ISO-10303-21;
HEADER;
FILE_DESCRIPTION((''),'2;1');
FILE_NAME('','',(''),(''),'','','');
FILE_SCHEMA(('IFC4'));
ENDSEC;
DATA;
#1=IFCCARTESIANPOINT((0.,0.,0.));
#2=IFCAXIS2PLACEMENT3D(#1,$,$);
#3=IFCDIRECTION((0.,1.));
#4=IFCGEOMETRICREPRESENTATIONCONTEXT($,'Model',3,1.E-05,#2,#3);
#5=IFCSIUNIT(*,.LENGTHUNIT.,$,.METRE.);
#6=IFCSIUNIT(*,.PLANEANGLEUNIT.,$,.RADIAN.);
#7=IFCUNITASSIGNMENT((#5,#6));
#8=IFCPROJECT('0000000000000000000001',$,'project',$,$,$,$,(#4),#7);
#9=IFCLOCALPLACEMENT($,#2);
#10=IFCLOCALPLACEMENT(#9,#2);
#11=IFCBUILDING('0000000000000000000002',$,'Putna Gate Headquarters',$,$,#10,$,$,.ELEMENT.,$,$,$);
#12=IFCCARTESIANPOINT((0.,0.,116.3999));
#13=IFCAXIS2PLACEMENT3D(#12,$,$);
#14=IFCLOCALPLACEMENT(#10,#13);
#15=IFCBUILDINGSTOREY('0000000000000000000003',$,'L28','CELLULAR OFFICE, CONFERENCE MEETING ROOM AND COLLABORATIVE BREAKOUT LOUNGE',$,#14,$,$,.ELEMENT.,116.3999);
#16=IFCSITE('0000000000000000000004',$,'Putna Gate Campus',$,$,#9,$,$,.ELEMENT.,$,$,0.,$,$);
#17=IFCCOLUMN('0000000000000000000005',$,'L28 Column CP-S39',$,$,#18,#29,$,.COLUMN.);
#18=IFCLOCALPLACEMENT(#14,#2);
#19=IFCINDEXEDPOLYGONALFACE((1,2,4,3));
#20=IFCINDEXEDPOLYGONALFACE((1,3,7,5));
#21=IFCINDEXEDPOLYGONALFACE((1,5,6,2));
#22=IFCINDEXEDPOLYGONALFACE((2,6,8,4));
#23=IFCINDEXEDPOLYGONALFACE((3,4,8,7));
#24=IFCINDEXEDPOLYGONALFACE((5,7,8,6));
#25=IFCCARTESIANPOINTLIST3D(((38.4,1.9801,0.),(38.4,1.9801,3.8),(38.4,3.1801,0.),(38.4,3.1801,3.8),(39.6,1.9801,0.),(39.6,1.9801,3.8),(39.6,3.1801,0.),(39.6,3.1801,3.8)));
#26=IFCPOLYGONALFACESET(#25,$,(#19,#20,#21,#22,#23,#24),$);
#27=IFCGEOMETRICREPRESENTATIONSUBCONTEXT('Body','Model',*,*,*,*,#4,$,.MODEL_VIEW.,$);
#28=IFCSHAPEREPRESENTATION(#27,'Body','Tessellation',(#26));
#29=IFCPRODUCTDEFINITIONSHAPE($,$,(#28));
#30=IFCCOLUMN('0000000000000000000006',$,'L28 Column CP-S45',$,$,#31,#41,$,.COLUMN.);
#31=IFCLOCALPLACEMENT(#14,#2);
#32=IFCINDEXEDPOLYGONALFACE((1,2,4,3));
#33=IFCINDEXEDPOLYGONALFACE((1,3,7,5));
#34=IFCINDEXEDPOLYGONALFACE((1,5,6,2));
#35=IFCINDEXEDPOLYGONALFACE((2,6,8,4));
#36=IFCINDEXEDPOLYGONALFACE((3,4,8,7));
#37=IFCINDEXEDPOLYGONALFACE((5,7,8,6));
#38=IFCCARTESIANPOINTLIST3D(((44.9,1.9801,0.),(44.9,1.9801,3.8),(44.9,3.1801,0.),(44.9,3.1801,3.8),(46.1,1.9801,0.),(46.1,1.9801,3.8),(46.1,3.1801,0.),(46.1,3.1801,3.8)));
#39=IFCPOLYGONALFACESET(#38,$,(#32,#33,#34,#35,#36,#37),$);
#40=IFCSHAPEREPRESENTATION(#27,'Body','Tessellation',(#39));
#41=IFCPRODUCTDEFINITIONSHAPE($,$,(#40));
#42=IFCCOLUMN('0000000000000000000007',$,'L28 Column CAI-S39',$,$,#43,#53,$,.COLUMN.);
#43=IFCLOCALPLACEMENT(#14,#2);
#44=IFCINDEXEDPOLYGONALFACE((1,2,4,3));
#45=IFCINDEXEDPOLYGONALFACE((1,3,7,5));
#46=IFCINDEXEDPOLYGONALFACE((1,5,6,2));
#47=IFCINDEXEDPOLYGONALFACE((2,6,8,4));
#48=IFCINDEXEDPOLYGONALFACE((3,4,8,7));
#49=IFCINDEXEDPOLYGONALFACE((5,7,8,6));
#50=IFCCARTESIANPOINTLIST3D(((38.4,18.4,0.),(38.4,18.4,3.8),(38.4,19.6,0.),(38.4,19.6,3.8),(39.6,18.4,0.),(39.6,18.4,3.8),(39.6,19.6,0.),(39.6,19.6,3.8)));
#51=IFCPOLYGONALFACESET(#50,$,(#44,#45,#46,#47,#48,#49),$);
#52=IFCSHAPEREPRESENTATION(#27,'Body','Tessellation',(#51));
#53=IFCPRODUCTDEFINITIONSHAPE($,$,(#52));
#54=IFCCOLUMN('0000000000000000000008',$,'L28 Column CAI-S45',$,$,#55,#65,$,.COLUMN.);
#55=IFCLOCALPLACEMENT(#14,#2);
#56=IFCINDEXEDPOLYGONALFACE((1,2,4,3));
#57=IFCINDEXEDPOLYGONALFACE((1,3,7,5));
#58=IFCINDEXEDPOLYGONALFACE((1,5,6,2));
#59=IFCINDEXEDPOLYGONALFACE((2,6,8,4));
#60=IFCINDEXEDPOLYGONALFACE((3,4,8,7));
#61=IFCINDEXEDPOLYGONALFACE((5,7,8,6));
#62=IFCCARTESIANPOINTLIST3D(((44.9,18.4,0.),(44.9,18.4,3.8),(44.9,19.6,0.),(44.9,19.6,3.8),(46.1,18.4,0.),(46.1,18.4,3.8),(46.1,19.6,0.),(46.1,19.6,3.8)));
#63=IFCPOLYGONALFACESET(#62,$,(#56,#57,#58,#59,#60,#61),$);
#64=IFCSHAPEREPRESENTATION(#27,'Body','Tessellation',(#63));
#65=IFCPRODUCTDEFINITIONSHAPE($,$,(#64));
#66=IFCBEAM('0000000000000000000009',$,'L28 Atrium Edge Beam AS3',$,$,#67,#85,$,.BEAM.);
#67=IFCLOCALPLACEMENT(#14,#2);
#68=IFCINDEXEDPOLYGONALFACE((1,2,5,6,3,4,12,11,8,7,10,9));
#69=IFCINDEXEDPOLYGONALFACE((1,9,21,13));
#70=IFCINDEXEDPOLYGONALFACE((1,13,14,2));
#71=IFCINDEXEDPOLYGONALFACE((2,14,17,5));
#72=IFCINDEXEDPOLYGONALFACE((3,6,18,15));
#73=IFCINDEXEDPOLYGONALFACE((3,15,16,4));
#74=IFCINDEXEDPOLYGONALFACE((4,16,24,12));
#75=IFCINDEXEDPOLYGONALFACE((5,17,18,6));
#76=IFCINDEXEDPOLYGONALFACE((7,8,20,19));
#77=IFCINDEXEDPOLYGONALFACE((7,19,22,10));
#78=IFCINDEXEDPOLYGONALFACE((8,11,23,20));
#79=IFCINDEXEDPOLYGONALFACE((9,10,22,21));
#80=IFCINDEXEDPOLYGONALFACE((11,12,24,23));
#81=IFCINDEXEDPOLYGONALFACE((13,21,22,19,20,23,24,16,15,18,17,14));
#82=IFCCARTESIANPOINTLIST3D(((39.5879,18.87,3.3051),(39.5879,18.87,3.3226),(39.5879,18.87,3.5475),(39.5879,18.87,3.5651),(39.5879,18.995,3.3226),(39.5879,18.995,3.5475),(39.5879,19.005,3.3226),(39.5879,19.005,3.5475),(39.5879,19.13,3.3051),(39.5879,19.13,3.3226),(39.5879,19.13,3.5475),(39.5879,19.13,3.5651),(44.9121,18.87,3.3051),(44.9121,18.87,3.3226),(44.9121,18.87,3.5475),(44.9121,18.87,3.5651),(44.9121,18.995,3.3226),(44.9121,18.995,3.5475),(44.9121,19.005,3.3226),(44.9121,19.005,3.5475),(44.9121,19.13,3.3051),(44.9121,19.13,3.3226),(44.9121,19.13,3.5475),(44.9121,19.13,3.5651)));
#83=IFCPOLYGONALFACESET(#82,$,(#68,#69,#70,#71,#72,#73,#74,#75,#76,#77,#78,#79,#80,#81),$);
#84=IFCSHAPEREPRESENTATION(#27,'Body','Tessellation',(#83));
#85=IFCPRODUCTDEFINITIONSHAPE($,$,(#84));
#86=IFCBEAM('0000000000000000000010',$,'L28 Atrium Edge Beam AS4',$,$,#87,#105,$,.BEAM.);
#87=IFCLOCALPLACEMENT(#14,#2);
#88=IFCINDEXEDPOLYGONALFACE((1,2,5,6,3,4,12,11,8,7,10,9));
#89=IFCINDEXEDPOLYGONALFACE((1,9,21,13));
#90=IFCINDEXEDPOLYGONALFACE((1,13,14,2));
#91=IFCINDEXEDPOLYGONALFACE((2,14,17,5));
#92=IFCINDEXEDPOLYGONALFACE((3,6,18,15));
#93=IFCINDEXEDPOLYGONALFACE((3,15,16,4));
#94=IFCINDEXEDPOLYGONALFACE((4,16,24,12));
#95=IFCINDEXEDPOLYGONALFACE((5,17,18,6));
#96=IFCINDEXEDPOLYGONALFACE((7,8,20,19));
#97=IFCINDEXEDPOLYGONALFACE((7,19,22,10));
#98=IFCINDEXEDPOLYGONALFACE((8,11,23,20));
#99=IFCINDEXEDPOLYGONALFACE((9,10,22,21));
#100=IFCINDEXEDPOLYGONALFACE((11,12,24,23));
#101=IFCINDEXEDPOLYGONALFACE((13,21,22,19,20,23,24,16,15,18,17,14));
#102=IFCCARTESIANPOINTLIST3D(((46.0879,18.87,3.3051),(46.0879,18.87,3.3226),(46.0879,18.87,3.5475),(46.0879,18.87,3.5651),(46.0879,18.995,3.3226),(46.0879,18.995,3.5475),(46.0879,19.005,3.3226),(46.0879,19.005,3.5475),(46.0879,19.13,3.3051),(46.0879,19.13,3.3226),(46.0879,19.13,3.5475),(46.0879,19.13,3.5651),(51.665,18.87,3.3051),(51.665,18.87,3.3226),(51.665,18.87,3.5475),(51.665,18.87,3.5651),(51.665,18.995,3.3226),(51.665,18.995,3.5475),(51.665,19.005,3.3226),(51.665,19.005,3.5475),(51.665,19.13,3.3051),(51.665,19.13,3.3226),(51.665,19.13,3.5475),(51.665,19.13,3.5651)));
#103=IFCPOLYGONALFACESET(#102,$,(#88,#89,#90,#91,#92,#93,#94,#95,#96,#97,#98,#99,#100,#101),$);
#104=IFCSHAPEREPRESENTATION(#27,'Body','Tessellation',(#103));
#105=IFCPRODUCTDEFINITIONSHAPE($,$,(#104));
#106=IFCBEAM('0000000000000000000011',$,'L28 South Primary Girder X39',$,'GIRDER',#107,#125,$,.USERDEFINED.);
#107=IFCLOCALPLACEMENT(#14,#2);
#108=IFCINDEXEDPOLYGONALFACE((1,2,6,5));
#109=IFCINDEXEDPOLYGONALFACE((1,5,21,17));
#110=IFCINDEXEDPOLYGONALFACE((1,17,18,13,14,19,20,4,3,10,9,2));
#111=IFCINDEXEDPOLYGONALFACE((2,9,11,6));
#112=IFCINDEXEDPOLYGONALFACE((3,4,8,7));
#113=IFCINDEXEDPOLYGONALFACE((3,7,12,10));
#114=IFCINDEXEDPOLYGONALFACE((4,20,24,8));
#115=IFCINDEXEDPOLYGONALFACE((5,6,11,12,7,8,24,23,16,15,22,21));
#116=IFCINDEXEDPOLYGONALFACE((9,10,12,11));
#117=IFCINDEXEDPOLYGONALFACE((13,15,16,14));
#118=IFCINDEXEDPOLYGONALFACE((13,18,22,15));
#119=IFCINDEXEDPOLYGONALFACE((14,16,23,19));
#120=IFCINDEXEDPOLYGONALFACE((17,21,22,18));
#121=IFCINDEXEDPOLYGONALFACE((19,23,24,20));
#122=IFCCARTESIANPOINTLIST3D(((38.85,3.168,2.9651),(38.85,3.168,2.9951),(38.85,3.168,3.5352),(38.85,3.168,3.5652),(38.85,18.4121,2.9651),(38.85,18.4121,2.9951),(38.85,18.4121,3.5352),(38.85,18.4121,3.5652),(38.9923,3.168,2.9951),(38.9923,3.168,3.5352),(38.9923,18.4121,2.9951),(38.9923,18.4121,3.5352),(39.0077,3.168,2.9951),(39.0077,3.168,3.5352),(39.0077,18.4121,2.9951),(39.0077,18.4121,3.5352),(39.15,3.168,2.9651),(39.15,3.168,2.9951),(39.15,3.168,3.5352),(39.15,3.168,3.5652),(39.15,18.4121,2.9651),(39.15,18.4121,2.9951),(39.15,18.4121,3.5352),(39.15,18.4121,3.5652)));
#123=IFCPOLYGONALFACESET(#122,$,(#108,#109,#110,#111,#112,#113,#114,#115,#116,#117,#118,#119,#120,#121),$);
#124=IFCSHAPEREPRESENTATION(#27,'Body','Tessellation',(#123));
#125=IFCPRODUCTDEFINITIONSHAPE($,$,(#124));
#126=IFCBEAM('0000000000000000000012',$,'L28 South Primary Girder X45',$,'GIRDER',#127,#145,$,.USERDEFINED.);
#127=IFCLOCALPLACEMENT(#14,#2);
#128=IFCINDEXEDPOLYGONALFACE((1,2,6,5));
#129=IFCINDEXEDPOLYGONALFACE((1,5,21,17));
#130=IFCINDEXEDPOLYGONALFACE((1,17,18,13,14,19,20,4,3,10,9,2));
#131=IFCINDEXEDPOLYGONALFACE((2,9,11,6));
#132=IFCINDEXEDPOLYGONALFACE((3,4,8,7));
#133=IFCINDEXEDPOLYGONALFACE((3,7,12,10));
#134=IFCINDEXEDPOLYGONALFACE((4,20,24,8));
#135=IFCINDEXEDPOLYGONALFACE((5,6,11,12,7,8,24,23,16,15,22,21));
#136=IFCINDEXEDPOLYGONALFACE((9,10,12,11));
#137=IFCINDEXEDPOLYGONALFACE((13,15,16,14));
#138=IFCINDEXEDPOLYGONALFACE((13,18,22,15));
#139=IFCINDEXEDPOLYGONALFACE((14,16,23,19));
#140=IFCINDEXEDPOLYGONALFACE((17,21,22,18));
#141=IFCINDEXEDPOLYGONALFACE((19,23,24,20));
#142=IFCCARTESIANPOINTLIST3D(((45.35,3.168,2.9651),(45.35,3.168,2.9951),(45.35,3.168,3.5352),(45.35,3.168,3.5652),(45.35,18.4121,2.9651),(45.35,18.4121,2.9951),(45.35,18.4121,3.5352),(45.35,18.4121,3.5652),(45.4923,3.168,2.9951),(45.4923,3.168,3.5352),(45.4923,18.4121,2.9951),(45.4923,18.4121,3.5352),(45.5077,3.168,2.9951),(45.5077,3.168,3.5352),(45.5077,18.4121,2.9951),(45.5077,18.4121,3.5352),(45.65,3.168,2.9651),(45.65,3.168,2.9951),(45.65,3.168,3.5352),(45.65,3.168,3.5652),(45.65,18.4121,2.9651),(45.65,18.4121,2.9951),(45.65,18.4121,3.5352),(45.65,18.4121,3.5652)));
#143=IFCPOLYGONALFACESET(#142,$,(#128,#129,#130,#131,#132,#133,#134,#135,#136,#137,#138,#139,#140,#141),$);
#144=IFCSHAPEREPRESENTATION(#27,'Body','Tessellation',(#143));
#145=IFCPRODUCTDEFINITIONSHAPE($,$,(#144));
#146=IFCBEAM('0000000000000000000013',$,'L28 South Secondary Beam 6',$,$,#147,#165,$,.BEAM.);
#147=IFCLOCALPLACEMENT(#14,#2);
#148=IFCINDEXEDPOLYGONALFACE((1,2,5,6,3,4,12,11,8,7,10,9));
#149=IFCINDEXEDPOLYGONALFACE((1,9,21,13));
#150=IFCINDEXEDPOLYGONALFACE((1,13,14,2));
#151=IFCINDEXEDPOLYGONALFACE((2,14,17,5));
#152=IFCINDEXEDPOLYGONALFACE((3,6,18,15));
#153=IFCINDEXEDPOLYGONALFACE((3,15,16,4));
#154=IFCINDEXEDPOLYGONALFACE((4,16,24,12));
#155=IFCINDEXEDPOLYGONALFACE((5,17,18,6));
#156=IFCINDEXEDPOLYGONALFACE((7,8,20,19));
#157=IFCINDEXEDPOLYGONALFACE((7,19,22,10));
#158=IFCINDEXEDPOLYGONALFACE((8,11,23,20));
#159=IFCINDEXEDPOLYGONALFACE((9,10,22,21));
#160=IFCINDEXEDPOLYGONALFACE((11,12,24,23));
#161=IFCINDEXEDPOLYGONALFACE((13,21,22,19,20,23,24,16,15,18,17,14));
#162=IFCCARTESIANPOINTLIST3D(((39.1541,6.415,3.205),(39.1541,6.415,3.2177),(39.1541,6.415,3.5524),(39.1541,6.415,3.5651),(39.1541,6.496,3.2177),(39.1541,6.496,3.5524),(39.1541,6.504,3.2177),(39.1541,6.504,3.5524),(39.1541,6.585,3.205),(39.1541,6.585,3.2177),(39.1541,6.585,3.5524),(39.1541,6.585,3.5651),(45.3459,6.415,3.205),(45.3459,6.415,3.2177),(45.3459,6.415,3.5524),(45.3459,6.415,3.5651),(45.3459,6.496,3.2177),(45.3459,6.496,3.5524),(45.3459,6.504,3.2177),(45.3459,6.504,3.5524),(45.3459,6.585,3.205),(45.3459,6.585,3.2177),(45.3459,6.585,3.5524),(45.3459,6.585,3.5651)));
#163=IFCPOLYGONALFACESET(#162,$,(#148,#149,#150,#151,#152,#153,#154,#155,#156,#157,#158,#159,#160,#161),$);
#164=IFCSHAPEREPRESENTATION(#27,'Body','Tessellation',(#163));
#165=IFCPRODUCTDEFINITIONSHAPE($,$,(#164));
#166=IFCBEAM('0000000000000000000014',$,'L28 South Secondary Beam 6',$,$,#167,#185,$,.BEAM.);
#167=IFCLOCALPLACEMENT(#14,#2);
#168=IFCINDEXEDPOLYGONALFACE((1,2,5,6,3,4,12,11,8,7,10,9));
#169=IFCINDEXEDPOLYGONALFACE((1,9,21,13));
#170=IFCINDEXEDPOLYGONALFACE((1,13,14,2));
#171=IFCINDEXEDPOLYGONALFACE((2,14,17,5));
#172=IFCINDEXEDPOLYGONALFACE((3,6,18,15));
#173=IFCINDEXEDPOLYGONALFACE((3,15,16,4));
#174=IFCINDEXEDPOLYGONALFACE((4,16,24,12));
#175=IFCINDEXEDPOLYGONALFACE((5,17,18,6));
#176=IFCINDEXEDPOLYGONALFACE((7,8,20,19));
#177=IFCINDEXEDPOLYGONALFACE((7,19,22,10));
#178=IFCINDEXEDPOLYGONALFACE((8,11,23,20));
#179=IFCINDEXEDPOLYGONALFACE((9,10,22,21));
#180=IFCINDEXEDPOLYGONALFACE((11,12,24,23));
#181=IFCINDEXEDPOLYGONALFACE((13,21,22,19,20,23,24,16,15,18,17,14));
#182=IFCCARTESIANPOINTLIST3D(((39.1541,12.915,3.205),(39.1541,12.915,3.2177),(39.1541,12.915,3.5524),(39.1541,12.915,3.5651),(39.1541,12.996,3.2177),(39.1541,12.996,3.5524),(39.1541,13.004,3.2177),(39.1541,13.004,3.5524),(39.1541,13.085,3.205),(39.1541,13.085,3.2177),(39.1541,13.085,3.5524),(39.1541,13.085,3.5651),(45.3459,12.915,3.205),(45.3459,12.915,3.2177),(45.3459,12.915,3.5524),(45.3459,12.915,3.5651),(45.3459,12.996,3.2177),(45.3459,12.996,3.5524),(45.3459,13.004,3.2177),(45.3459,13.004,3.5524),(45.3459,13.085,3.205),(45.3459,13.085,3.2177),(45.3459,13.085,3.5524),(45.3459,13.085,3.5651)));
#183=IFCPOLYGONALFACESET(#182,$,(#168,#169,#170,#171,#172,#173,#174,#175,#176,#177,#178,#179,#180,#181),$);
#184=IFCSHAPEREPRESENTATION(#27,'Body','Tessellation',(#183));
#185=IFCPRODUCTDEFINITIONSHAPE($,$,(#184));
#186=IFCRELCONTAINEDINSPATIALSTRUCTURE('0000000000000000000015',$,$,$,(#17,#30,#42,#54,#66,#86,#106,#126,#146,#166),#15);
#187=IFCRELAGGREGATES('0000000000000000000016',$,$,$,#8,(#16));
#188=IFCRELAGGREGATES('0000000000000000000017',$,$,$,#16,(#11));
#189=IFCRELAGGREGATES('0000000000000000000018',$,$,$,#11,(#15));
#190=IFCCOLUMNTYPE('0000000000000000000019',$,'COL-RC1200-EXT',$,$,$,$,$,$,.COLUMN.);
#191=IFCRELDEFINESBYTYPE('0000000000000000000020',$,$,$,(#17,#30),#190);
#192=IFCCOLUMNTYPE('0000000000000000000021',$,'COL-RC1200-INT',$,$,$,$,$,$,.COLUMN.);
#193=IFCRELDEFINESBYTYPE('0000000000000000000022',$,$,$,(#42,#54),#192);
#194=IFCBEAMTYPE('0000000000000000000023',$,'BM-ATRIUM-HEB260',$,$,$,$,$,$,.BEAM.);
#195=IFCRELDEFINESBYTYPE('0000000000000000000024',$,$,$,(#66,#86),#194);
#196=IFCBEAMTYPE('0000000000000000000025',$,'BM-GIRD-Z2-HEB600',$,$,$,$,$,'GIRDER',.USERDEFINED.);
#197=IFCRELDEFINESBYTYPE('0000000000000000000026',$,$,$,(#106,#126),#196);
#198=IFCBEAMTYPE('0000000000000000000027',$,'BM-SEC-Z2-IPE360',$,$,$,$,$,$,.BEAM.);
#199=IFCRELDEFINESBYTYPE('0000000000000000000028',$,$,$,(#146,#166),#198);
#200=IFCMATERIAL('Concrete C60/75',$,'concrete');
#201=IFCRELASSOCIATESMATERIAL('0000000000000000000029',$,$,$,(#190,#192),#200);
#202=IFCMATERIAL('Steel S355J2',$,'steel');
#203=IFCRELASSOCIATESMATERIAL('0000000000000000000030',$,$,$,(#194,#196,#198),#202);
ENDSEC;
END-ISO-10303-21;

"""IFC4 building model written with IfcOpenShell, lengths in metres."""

from ifc_helpers import new_model, si_unit, direction, frame, origin, origin_2d, place, context, subcontext, project, spatial, rectangle, i_section, extrude, material, material_profile, profile_set, type_object, element, save


model = new_model("IFC4")

# Units and contexts
model_context = context("Model", 3, precision=1e-05, world=origin(), true_north=direction((0.0, 1.0)))
body_context = subcontext(model_context, "Body", "Model", "MODEL_VIEW")
ifc_project = project(units=[si_unit("LENGTHUNIT", "METRE"), si_unit("PLANEANGLEUNIT", "RADIAN")], contexts=[model_context])

# Site, building, storey
site_placement = place(None, origin())
site = spatial("IfcSite", under=ifc_project, at=site_placement, Name="Putna Gate Campus", CompositionType="ELEMENT", RefElevation=0.0)
building_placement = place(site_placement, origin())
building = spatial("IfcBuilding", under=site, at=building_placement, Name="Putna Gate Headquarters", CompositionType="ELEMENT")
storey_placement = place(building_placement, frame((0.0, 0.0, 116.3999)))
storey = spatial("IfcBuildingStorey", under=building, at=storey_placement, Name="L28", Description="CELLULAR OFFICE, CONFERENCE MEETING ROOM AND COLLABORATIVE BREAKOUT LOUNGE", CompositionType="ELEMENT", Elevation=116.3999)

# Columns
ifc_material_1 = material(Name="Concrete C60/75", Category="concrete")
ifc_material_profile_1 = material_profile(ifc_material_1, rectangle(XDim=1.2, YDim=1.2, at=origin_2d()), Name="Concrete C60/75")
ifc_profile_set_1 = profile_set([ifc_material_profile_1], Name="Concrete C60/75")
column_type_1 = type_object("IfcColumnType", Name="COL-RC1200-EXT", PredefinedType="COLUMN", material=ifc_profile_set_1)
for number, where, z_axis, x_axis, name in (
    (1, (39.0, 2.5801, 0.0), (0.0, 0.0, 1.0), (1.0, 0.0, 0.0), "L28 Column CP-S39"),
    (2, (45.5, 2.5801, 0.0), (0.0, 0.0, 1.0), (1.0, 0.0, 0.0), "L28 Column CP-S45"),
):
    element("IfcColumn", number, at=place(storey_placement, frame(where, z_axis=z_axis, x_axis=x_axis)), inside=storey, type_object=column_type_1, Name=name, PredefinedType="COLUMN", context=body_context, shape_type="SweptSolid", body=[
        extrude(rectangle(XDim=1.2, YDim=1.2, at=origin_2d()), origin(), (0.0, 0.0, 1.0), 3.8),
    ])
ifc_material_profile_2 = material_profile(ifc_material_1, rectangle(XDim=1.2, YDim=1.2, at=origin_2d()), Name="Concrete C60/75")
ifc_profile_set_2 = profile_set([ifc_material_profile_2], Name="Concrete C60/75")
column_type_2 = type_object("IfcColumnType", Name="COL-RC1200-INT", PredefinedType="COLUMN", material=ifc_profile_set_2)
for number, where, z_axis, x_axis, name in (
    (3, (39.0, 19.0, 0.0), (0.0, 0.0, 1.0), (1.0, 0.0, 0.0), "L28 Column CAI-S39"),
    (4, (45.5, 19.0, 0.0), (0.0, 0.0, 1.0), (1.0, 0.0, 0.0), "L28 Column CAI-S45"),
):
    element("IfcColumn", number, at=place(storey_placement, frame(where, z_axis=z_axis, x_axis=x_axis)), inside=storey, type_object=column_type_2, Name=name, PredefinedType="COLUMN", context=body_context, shape_type="SweptSolid", body=[
        extrude(rectangle(XDim=1.2, YDim=1.2, at=origin_2d()), origin(), (0.0, 0.0, 1.0), 3.8),
    ])

# Beams
ifc_material_2 = material(Name="Steel S355J2", Category="steel")
ifc_material_profile_3 = material_profile(ifc_material_2, i_section(OverallWidth=0.26, OverallDepth=0.26, WebThickness=0.01, FlangeThickness=0.0176, at=origin_2d()), Name="Steel S355J2")
ifc_profile_set_3 = profile_set([ifc_material_profile_3], Name="Steel S355J2")
beam_type_1 = type_object("IfcBeamType", Name="BM-ATRIUM-HEB260", PredefinedType="BEAM", material=ifc_profile_set_3)
beam_1_placement = place(storey_placement, frame((39.5879, 19.0, 3.4351), z_axis=(1.0, 0.0, 0.0), x_axis=(0.0, 1.0, 0.0)))
element("IfcBeam", 5, at=beam_1_placement, inside=storey, type_object=beam_type_1, Name="L28 Atrium Edge Beam AS3", PredefinedType="BEAM", context=body_context, shape_type="SweptSolid", body=[
    extrude(i_section(OverallWidth=0.26, OverallDepth=0.26, WebThickness=0.01, FlangeThickness=0.0176, at=origin_2d()), origin(), (0.0, 0.0, 1.0), 5.3242),
])
beam_2_placement = place(storey_placement, frame((46.0879, 19.0, 3.4351), z_axis=(1.0, 0.0, 0.0), x_axis=(0.0, 1.0, 0.0)))
element("IfcBeam", 6, at=beam_2_placement, inside=storey, type_object=beam_type_1, Name="L28 Atrium Edge Beam AS4", PredefinedType="BEAM", context=body_context, shape_type="SweptSolid", body=[
    extrude(i_section(OverallWidth=0.26, OverallDepth=0.26, WebThickness=0.01, FlangeThickness=0.0176, at=origin_2d()), origin(), (0.0, 0.0, 1.0), 5.5771),
])
ifc_material_profile_4 = material_profile(ifc_material_2, i_section(OverallWidth=0.3, OverallDepth=0.6001, WebThickness=0.0154, FlangeThickness=0.03, at=origin_2d()), Name="Steel S355J2")
ifc_profile_set_4 = profile_set([ifc_material_profile_4], Name="Steel S355J2")
beam_type_2 = type_object("IfcBeamType", Name="BM-GIRD-Z2-HEB600", ElementType="GIRDER", PredefinedType="USERDEFINED", material=ifc_profile_set_4)
for number, where, z_axis, x_axis, name in (
    (7, (39.0, 3.168, 3.2651), (0.0, 1.0, 0.0), (-1.0, 0.0, 0.0), "L28 South Primary Girder X39"),
    (8, (45.5, 3.168, 3.2651), (0.0, 1.0, 0.0), (-1.0, 0.0, 0.0), "L28 South Primary Girder X45"),
):
    element("IfcBeam", number, at=place(storey_placement, frame(where, z_axis=z_axis, x_axis=x_axis)), inside=storey, type_object=beam_type_2, Name=name, ObjectType="GIRDER", PredefinedType="USERDEFINED", context=body_context, shape_type="SweptSolid", body=[
        extrude(i_section(OverallWidth=0.3, OverallDepth=0.6001, WebThickness=0.0154, FlangeThickness=0.03, at=origin_2d()), origin(), (0.0, 0.0, 1.0), 15.2441),
    ])
ifc_material_profile_5 = material_profile(ifc_material_2, i_section(OverallWidth=0.1699, OverallDepth=0.3601, WebThickness=0.0081, FlangeThickness=0.0127, at=origin_2d()), Name="Steel S355J2")
ifc_profile_set_5 = profile_set([ifc_material_profile_5], Name="Steel S355J2")
beam_type_3 = type_object("IfcBeamType", Name="BM-SEC-Z2-IPE360", PredefinedType="BEAM", material=ifc_profile_set_5)
for number, where, z_axis, x_axis, name in (
    (9, (39.1541, 6.5, 3.385), (1.0, 0.0, 0.0), (0.0, 1.0, 0.0), "L28 South Secondary Beam 6"),
    (10, (39.1541, 13.0, 3.385), (1.0, 0.0, 0.0), (0.0, 1.0, 0.0), "L28 South Secondary Beam 6"),
):
    element("IfcBeam", number, at=place(storey_placement, frame(where, z_axis=z_axis, x_axis=x_axis)), inside=storey, type_object=beam_type_3, Name=name, PredefinedType="BEAM", context=body_context, shape_type="SweptSolid", body=[
        extrude(i_section(OverallWidth=0.1699, OverallDepth=0.3601, WebThickness=0.0081, FlangeThickness=0.0127, at=origin_2d()), origin(), (0.0, 0.0, 1.0), 6.1919),
    ])

save(model, "model.ifc")
